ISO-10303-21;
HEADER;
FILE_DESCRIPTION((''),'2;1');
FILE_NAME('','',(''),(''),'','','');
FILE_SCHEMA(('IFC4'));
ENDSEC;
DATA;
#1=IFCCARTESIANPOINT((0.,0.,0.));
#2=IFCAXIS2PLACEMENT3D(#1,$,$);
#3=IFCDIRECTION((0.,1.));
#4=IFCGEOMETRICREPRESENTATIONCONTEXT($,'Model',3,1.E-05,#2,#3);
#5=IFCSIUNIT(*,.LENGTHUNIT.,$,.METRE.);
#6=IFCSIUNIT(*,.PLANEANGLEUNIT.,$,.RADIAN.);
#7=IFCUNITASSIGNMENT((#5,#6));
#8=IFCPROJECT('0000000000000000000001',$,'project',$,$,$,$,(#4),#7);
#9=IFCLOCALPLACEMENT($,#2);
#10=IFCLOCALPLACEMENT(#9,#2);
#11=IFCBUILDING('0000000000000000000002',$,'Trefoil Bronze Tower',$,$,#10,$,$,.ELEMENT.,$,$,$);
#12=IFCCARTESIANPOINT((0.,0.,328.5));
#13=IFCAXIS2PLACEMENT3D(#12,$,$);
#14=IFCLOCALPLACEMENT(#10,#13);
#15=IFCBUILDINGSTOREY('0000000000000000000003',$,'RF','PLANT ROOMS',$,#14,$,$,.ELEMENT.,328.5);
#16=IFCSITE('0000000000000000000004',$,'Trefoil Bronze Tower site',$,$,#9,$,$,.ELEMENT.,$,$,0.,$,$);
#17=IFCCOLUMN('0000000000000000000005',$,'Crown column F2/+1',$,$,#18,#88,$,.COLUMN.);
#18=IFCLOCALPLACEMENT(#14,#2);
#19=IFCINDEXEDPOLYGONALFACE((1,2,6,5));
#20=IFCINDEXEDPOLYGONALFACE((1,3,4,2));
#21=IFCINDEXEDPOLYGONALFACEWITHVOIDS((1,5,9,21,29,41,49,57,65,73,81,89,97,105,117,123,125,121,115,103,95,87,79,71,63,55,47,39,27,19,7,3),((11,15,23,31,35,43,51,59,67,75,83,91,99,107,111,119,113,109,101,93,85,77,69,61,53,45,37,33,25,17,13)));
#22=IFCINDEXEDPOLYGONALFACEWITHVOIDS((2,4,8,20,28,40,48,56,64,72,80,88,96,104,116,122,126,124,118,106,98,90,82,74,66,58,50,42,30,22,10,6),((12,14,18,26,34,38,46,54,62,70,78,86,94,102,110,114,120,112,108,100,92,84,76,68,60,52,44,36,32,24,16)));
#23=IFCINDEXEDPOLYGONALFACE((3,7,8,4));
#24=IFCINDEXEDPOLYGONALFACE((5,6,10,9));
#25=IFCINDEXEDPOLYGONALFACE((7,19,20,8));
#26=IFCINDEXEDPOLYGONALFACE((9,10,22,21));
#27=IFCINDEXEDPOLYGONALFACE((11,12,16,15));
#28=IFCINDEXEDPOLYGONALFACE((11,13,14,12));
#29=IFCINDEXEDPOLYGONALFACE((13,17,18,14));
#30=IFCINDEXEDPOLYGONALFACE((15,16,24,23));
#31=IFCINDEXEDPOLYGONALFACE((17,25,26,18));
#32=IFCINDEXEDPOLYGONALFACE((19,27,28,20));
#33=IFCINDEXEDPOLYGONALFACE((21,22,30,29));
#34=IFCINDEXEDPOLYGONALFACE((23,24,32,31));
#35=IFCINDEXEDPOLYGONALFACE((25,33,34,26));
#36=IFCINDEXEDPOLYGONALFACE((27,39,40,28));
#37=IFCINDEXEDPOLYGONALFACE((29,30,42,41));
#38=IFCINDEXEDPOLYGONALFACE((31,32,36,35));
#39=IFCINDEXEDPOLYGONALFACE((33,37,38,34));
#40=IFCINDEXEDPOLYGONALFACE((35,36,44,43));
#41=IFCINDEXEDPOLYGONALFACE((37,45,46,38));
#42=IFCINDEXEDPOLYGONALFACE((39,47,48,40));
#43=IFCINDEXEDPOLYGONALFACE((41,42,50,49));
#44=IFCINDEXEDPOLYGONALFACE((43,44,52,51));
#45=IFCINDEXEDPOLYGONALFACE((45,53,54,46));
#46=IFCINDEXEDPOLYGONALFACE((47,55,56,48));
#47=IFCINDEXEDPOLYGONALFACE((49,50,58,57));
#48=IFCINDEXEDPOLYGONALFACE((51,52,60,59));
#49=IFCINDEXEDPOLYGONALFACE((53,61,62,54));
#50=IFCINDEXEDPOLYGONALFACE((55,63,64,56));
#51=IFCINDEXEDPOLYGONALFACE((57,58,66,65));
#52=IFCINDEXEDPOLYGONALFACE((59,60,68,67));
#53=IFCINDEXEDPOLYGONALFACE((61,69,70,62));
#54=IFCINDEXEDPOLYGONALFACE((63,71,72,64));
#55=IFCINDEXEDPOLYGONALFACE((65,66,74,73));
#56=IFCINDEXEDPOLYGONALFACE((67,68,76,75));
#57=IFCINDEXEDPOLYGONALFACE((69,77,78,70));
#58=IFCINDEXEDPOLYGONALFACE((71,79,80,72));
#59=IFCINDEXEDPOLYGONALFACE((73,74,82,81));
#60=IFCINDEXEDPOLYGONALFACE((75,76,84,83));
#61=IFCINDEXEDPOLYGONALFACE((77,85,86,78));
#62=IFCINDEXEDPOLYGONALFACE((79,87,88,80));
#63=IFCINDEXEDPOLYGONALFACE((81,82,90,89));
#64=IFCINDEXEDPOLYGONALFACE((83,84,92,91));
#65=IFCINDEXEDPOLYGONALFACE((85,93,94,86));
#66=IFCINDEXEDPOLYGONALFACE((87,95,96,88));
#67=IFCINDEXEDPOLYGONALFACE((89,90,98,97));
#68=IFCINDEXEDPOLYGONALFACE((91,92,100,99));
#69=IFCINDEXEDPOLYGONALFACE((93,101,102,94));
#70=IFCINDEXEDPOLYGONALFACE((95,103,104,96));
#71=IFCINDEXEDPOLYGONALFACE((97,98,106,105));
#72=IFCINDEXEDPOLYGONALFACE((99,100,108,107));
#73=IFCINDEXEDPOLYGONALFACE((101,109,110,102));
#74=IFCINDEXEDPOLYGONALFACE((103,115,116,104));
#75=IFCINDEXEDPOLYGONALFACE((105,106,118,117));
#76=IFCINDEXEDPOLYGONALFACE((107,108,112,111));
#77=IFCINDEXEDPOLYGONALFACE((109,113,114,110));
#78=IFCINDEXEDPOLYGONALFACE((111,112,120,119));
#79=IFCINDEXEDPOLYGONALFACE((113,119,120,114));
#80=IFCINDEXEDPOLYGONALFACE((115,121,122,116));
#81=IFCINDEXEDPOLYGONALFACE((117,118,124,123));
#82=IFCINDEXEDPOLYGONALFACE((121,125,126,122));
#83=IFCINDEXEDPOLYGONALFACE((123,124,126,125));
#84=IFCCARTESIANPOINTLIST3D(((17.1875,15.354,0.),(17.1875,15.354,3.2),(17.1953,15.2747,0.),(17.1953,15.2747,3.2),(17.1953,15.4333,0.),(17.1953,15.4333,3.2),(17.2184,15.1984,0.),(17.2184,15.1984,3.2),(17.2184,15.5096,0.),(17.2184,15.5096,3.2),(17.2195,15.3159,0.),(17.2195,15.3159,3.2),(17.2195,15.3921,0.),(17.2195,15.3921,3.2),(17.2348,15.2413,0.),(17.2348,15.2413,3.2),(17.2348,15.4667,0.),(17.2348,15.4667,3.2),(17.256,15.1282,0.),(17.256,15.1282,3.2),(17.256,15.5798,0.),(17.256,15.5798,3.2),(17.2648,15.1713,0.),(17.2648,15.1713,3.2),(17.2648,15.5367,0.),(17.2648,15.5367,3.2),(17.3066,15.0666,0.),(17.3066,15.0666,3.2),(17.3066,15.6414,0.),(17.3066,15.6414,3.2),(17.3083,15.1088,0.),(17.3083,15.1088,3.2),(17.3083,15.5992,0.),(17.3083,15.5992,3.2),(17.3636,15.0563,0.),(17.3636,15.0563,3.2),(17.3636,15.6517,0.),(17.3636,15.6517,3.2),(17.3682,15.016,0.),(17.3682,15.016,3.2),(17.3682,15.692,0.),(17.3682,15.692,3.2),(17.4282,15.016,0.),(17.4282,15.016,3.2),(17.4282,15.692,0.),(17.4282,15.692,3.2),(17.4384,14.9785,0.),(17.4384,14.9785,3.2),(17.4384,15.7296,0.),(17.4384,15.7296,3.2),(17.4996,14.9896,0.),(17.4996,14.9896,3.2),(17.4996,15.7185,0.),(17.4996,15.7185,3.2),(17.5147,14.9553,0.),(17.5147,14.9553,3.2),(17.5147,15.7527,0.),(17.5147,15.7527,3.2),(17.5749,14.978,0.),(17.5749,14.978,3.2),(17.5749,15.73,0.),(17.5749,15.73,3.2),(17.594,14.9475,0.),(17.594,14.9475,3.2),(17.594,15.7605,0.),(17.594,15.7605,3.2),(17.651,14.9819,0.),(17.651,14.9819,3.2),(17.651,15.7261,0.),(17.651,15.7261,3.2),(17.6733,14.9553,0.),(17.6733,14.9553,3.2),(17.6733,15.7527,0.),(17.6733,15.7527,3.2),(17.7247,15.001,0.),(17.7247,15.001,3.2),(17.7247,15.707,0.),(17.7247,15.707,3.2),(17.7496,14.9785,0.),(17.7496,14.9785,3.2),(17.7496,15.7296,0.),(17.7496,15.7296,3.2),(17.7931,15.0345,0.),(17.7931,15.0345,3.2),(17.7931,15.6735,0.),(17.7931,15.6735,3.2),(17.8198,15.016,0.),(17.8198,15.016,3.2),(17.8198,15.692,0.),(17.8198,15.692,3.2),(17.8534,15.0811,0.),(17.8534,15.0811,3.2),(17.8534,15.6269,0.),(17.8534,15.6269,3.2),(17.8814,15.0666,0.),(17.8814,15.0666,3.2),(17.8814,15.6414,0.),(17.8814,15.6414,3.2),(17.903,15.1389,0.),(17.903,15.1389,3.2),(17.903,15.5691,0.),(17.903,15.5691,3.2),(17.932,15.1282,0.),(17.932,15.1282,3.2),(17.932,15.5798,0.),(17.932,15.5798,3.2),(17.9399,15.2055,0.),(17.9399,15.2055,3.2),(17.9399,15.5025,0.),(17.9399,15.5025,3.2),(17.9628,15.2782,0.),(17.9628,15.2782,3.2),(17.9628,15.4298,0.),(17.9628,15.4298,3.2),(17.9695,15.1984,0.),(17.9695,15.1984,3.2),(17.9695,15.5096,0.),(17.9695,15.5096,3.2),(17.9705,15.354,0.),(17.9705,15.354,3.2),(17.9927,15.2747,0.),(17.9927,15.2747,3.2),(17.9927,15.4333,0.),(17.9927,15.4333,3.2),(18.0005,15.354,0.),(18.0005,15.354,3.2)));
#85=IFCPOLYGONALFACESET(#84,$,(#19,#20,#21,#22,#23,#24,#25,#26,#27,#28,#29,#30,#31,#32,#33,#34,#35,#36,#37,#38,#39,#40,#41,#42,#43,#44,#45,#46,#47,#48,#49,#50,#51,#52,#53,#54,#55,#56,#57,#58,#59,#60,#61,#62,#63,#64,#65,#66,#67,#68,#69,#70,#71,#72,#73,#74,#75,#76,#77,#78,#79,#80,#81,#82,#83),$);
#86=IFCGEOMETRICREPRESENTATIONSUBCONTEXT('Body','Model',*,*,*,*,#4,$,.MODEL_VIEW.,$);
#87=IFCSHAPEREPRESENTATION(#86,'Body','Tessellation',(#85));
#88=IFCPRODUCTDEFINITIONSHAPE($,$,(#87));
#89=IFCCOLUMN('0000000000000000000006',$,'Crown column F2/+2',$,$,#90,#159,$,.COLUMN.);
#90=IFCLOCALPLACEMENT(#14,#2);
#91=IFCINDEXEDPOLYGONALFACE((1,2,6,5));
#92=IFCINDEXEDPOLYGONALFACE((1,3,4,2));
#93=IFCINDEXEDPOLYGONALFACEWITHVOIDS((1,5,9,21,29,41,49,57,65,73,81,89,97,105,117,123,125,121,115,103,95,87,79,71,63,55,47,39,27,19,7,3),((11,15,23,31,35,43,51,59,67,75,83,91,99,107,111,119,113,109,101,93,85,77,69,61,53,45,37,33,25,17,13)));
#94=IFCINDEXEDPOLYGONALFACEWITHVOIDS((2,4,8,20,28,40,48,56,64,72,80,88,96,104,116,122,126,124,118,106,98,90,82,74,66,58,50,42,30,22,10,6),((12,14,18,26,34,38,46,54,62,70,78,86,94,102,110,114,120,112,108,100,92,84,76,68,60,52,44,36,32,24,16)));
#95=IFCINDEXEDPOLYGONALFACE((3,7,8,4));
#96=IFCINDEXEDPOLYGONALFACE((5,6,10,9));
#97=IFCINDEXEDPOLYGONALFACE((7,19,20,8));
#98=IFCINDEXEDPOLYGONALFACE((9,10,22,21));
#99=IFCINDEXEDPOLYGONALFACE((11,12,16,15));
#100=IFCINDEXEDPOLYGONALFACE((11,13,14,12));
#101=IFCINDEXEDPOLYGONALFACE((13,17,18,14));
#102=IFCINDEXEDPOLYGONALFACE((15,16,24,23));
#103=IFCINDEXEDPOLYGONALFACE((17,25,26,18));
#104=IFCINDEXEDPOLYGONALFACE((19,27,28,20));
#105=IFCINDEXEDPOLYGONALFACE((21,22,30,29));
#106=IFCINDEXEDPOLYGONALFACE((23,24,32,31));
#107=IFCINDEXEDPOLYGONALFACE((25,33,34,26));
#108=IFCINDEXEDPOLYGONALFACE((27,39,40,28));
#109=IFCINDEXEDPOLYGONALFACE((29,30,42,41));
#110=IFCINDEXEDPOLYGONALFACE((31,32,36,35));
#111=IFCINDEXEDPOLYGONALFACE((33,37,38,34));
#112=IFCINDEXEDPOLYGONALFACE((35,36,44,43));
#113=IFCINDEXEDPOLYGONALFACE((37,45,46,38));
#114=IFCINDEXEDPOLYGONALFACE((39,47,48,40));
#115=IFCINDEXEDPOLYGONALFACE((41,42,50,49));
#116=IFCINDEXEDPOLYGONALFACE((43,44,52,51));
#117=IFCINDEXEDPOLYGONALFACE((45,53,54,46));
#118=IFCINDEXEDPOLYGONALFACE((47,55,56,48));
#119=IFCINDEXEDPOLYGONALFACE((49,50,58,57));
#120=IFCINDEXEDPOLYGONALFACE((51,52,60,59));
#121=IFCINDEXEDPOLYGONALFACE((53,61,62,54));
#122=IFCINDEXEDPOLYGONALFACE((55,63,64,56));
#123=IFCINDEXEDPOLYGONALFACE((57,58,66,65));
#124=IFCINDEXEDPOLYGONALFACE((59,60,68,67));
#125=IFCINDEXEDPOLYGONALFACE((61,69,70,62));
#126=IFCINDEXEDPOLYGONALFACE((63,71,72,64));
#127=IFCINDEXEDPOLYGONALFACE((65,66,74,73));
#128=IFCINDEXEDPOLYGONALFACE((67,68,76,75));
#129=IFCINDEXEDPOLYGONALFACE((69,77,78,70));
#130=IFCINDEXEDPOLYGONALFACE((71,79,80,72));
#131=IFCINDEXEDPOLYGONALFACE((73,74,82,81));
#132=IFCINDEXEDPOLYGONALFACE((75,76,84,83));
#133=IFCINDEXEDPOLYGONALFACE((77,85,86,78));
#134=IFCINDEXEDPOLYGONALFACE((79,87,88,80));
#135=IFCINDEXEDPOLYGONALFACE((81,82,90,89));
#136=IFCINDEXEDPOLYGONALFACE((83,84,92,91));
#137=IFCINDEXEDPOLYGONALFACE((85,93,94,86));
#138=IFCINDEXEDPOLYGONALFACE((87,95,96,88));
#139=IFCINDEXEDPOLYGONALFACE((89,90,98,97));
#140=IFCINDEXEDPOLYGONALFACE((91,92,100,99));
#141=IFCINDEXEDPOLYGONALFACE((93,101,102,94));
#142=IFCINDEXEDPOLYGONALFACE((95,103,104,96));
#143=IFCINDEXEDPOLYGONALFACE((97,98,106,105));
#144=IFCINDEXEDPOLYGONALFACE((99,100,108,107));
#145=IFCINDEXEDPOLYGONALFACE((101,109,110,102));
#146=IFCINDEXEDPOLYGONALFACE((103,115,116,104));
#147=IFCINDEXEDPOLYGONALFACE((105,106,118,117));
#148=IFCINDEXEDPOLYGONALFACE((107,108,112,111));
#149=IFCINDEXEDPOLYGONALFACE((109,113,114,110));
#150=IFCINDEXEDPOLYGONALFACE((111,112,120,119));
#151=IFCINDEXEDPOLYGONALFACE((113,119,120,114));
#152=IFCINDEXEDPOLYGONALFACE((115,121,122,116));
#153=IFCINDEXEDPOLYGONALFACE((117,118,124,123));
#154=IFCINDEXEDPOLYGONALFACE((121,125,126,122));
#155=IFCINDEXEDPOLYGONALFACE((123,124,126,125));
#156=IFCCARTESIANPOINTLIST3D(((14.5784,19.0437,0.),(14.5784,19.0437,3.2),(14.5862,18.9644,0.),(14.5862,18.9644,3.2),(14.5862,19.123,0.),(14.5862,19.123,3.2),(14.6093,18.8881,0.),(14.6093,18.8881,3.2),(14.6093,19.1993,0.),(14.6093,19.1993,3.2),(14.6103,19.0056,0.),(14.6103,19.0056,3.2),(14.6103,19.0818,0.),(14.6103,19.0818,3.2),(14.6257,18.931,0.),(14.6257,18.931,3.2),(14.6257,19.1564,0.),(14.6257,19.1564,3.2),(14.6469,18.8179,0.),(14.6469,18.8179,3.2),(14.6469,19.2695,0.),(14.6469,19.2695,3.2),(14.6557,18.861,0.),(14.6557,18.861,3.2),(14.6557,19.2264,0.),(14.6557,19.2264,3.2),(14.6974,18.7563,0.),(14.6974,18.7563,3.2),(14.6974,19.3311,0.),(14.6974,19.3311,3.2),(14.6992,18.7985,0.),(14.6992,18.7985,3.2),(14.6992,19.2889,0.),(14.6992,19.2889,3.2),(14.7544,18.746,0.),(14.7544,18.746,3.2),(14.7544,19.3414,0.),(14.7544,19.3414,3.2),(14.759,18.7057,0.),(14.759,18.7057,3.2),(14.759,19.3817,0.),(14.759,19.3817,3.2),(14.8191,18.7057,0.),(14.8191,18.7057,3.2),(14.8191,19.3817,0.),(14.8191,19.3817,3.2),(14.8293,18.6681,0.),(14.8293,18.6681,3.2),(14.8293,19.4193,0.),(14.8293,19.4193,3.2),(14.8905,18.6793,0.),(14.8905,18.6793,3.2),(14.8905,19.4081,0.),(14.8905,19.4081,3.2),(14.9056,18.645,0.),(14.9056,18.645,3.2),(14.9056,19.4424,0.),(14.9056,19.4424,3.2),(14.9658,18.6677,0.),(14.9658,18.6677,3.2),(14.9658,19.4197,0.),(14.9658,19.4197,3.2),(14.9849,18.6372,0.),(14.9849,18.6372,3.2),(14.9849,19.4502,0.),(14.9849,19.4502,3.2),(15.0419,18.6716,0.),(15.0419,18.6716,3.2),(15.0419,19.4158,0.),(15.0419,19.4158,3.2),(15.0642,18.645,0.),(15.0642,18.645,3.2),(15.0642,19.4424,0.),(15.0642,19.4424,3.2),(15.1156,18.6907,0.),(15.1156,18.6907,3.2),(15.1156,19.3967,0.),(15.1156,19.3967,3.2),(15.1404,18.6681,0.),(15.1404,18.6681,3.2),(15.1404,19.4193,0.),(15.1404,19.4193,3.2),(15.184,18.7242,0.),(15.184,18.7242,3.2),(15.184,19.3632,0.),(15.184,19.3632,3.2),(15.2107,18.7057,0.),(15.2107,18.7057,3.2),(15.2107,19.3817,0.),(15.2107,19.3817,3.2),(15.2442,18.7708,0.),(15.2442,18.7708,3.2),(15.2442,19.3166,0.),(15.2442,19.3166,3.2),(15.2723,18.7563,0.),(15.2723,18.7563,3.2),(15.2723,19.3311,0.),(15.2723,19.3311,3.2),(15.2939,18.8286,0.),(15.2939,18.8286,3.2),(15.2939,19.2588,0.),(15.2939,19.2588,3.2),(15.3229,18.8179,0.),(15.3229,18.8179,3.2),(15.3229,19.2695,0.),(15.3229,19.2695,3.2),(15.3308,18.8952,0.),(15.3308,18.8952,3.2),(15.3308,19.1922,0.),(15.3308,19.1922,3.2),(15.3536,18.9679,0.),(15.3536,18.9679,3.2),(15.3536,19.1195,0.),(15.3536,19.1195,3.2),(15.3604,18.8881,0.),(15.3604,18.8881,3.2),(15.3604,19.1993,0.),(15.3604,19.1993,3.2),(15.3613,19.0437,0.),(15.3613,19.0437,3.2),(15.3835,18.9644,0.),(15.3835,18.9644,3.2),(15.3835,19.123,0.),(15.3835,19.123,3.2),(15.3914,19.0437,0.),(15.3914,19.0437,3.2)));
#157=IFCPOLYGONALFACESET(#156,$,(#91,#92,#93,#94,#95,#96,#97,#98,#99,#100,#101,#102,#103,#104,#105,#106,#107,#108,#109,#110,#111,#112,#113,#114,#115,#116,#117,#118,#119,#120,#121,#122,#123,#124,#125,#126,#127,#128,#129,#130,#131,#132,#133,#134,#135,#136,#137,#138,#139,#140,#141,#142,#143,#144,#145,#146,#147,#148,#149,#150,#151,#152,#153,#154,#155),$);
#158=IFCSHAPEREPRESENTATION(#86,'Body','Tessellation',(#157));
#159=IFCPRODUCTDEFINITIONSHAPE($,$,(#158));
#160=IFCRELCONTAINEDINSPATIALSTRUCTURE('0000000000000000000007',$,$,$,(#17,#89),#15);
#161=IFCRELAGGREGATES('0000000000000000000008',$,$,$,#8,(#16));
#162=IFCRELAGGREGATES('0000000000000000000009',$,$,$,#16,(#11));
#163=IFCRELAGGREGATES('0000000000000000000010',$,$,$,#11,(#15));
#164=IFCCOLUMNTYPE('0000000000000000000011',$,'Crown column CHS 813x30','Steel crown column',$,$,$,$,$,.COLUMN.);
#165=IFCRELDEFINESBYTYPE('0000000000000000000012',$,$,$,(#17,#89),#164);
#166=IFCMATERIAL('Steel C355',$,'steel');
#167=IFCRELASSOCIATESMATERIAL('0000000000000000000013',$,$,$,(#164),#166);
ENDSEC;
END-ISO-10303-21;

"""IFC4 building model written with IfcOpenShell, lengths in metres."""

from ifc_helpers import new_model, si_unit, direction, frame, origin, origin_2d, place, context, subcontext, project, spatial, hollow_circle, extrude, material, material_profile, profile_set, type_object, element, save


model = new_model("IFC4")

# Units and contexts
model_context = context("Model", 3, precision=1e-05, world=origin(), true_north=direction((0.0, 1.0)))
body_context = subcontext(model_context, "Body", "Model", "MODEL_VIEW")
ifc_project = project(units=[si_unit("LENGTHUNIT", "METRE"), si_unit("PLANEANGLEUNIT", "RADIAN")], contexts=[model_context])

# Site, building, storey
site_placement = place(None, origin())
site = spatial("IfcSite", under=ifc_project, at=site_placement, Name="Trefoil Bronze Tower site", CompositionType="ELEMENT", RefElevation=0.0)
building_placement = place(site_placement, origin())
building = spatial("IfcBuilding", under=site, at=building_placement, Name="Trefoil Bronze Tower", CompositionType="ELEMENT")
storey_placement = place(building_placement, frame((0.0, 0.0, 328.5)))
storey = spatial("IfcBuildingStorey", under=building, at=storey_placement, Name="RF", Description="PLANT ROOMS", CompositionType="ELEMENT", Elevation=328.5)

# Columns
ifc_material_1 = material(Name="Steel C355", Category="steel")
ifc_material_profile_1 = material_profile(ifc_material_1, hollow_circle(Radius=0.4065, WallThickness=0.03, at=origin_2d()), Name="CHS 813x30")
ifc_profile_set_1 = profile_set([ifc_material_profile_1], Name="Steel C355")
column_type = type_object("IfcColumnType", Name="Crown column CHS 813x30", Description="Steel crown column", PredefinedType="COLUMN", material=ifc_profile_set_1)
for number, where, z_axis, x_axis, name in (
    (1, (17.594, 15.354, 0.0), (0.0, 0.0, 1.0), (1.0, 0.0, 0.0), "Crown column F2/+1"),
    (2, (14.9849, 19.0437, 0.0), (0.0, 0.0, 1.0), (1.0, 0.0, 0.0), "Crown column F2/+2"),
):
    element("IfcColumn", number, at=place(storey_placement, frame(where, z_axis=z_axis, x_axis=x_axis)), inside=storey, type_object=column_type, Name=name, PredefinedType="COLUMN", context=body_context, shape_type="SweptSolid", body=[
        extrude(hollow_circle(Radius=0.4065, WallThickness=0.03, at=origin_2d()), origin(), (0.0, 0.0, 1.0), 3.2),
    ])

save(model, "model.ifc")
